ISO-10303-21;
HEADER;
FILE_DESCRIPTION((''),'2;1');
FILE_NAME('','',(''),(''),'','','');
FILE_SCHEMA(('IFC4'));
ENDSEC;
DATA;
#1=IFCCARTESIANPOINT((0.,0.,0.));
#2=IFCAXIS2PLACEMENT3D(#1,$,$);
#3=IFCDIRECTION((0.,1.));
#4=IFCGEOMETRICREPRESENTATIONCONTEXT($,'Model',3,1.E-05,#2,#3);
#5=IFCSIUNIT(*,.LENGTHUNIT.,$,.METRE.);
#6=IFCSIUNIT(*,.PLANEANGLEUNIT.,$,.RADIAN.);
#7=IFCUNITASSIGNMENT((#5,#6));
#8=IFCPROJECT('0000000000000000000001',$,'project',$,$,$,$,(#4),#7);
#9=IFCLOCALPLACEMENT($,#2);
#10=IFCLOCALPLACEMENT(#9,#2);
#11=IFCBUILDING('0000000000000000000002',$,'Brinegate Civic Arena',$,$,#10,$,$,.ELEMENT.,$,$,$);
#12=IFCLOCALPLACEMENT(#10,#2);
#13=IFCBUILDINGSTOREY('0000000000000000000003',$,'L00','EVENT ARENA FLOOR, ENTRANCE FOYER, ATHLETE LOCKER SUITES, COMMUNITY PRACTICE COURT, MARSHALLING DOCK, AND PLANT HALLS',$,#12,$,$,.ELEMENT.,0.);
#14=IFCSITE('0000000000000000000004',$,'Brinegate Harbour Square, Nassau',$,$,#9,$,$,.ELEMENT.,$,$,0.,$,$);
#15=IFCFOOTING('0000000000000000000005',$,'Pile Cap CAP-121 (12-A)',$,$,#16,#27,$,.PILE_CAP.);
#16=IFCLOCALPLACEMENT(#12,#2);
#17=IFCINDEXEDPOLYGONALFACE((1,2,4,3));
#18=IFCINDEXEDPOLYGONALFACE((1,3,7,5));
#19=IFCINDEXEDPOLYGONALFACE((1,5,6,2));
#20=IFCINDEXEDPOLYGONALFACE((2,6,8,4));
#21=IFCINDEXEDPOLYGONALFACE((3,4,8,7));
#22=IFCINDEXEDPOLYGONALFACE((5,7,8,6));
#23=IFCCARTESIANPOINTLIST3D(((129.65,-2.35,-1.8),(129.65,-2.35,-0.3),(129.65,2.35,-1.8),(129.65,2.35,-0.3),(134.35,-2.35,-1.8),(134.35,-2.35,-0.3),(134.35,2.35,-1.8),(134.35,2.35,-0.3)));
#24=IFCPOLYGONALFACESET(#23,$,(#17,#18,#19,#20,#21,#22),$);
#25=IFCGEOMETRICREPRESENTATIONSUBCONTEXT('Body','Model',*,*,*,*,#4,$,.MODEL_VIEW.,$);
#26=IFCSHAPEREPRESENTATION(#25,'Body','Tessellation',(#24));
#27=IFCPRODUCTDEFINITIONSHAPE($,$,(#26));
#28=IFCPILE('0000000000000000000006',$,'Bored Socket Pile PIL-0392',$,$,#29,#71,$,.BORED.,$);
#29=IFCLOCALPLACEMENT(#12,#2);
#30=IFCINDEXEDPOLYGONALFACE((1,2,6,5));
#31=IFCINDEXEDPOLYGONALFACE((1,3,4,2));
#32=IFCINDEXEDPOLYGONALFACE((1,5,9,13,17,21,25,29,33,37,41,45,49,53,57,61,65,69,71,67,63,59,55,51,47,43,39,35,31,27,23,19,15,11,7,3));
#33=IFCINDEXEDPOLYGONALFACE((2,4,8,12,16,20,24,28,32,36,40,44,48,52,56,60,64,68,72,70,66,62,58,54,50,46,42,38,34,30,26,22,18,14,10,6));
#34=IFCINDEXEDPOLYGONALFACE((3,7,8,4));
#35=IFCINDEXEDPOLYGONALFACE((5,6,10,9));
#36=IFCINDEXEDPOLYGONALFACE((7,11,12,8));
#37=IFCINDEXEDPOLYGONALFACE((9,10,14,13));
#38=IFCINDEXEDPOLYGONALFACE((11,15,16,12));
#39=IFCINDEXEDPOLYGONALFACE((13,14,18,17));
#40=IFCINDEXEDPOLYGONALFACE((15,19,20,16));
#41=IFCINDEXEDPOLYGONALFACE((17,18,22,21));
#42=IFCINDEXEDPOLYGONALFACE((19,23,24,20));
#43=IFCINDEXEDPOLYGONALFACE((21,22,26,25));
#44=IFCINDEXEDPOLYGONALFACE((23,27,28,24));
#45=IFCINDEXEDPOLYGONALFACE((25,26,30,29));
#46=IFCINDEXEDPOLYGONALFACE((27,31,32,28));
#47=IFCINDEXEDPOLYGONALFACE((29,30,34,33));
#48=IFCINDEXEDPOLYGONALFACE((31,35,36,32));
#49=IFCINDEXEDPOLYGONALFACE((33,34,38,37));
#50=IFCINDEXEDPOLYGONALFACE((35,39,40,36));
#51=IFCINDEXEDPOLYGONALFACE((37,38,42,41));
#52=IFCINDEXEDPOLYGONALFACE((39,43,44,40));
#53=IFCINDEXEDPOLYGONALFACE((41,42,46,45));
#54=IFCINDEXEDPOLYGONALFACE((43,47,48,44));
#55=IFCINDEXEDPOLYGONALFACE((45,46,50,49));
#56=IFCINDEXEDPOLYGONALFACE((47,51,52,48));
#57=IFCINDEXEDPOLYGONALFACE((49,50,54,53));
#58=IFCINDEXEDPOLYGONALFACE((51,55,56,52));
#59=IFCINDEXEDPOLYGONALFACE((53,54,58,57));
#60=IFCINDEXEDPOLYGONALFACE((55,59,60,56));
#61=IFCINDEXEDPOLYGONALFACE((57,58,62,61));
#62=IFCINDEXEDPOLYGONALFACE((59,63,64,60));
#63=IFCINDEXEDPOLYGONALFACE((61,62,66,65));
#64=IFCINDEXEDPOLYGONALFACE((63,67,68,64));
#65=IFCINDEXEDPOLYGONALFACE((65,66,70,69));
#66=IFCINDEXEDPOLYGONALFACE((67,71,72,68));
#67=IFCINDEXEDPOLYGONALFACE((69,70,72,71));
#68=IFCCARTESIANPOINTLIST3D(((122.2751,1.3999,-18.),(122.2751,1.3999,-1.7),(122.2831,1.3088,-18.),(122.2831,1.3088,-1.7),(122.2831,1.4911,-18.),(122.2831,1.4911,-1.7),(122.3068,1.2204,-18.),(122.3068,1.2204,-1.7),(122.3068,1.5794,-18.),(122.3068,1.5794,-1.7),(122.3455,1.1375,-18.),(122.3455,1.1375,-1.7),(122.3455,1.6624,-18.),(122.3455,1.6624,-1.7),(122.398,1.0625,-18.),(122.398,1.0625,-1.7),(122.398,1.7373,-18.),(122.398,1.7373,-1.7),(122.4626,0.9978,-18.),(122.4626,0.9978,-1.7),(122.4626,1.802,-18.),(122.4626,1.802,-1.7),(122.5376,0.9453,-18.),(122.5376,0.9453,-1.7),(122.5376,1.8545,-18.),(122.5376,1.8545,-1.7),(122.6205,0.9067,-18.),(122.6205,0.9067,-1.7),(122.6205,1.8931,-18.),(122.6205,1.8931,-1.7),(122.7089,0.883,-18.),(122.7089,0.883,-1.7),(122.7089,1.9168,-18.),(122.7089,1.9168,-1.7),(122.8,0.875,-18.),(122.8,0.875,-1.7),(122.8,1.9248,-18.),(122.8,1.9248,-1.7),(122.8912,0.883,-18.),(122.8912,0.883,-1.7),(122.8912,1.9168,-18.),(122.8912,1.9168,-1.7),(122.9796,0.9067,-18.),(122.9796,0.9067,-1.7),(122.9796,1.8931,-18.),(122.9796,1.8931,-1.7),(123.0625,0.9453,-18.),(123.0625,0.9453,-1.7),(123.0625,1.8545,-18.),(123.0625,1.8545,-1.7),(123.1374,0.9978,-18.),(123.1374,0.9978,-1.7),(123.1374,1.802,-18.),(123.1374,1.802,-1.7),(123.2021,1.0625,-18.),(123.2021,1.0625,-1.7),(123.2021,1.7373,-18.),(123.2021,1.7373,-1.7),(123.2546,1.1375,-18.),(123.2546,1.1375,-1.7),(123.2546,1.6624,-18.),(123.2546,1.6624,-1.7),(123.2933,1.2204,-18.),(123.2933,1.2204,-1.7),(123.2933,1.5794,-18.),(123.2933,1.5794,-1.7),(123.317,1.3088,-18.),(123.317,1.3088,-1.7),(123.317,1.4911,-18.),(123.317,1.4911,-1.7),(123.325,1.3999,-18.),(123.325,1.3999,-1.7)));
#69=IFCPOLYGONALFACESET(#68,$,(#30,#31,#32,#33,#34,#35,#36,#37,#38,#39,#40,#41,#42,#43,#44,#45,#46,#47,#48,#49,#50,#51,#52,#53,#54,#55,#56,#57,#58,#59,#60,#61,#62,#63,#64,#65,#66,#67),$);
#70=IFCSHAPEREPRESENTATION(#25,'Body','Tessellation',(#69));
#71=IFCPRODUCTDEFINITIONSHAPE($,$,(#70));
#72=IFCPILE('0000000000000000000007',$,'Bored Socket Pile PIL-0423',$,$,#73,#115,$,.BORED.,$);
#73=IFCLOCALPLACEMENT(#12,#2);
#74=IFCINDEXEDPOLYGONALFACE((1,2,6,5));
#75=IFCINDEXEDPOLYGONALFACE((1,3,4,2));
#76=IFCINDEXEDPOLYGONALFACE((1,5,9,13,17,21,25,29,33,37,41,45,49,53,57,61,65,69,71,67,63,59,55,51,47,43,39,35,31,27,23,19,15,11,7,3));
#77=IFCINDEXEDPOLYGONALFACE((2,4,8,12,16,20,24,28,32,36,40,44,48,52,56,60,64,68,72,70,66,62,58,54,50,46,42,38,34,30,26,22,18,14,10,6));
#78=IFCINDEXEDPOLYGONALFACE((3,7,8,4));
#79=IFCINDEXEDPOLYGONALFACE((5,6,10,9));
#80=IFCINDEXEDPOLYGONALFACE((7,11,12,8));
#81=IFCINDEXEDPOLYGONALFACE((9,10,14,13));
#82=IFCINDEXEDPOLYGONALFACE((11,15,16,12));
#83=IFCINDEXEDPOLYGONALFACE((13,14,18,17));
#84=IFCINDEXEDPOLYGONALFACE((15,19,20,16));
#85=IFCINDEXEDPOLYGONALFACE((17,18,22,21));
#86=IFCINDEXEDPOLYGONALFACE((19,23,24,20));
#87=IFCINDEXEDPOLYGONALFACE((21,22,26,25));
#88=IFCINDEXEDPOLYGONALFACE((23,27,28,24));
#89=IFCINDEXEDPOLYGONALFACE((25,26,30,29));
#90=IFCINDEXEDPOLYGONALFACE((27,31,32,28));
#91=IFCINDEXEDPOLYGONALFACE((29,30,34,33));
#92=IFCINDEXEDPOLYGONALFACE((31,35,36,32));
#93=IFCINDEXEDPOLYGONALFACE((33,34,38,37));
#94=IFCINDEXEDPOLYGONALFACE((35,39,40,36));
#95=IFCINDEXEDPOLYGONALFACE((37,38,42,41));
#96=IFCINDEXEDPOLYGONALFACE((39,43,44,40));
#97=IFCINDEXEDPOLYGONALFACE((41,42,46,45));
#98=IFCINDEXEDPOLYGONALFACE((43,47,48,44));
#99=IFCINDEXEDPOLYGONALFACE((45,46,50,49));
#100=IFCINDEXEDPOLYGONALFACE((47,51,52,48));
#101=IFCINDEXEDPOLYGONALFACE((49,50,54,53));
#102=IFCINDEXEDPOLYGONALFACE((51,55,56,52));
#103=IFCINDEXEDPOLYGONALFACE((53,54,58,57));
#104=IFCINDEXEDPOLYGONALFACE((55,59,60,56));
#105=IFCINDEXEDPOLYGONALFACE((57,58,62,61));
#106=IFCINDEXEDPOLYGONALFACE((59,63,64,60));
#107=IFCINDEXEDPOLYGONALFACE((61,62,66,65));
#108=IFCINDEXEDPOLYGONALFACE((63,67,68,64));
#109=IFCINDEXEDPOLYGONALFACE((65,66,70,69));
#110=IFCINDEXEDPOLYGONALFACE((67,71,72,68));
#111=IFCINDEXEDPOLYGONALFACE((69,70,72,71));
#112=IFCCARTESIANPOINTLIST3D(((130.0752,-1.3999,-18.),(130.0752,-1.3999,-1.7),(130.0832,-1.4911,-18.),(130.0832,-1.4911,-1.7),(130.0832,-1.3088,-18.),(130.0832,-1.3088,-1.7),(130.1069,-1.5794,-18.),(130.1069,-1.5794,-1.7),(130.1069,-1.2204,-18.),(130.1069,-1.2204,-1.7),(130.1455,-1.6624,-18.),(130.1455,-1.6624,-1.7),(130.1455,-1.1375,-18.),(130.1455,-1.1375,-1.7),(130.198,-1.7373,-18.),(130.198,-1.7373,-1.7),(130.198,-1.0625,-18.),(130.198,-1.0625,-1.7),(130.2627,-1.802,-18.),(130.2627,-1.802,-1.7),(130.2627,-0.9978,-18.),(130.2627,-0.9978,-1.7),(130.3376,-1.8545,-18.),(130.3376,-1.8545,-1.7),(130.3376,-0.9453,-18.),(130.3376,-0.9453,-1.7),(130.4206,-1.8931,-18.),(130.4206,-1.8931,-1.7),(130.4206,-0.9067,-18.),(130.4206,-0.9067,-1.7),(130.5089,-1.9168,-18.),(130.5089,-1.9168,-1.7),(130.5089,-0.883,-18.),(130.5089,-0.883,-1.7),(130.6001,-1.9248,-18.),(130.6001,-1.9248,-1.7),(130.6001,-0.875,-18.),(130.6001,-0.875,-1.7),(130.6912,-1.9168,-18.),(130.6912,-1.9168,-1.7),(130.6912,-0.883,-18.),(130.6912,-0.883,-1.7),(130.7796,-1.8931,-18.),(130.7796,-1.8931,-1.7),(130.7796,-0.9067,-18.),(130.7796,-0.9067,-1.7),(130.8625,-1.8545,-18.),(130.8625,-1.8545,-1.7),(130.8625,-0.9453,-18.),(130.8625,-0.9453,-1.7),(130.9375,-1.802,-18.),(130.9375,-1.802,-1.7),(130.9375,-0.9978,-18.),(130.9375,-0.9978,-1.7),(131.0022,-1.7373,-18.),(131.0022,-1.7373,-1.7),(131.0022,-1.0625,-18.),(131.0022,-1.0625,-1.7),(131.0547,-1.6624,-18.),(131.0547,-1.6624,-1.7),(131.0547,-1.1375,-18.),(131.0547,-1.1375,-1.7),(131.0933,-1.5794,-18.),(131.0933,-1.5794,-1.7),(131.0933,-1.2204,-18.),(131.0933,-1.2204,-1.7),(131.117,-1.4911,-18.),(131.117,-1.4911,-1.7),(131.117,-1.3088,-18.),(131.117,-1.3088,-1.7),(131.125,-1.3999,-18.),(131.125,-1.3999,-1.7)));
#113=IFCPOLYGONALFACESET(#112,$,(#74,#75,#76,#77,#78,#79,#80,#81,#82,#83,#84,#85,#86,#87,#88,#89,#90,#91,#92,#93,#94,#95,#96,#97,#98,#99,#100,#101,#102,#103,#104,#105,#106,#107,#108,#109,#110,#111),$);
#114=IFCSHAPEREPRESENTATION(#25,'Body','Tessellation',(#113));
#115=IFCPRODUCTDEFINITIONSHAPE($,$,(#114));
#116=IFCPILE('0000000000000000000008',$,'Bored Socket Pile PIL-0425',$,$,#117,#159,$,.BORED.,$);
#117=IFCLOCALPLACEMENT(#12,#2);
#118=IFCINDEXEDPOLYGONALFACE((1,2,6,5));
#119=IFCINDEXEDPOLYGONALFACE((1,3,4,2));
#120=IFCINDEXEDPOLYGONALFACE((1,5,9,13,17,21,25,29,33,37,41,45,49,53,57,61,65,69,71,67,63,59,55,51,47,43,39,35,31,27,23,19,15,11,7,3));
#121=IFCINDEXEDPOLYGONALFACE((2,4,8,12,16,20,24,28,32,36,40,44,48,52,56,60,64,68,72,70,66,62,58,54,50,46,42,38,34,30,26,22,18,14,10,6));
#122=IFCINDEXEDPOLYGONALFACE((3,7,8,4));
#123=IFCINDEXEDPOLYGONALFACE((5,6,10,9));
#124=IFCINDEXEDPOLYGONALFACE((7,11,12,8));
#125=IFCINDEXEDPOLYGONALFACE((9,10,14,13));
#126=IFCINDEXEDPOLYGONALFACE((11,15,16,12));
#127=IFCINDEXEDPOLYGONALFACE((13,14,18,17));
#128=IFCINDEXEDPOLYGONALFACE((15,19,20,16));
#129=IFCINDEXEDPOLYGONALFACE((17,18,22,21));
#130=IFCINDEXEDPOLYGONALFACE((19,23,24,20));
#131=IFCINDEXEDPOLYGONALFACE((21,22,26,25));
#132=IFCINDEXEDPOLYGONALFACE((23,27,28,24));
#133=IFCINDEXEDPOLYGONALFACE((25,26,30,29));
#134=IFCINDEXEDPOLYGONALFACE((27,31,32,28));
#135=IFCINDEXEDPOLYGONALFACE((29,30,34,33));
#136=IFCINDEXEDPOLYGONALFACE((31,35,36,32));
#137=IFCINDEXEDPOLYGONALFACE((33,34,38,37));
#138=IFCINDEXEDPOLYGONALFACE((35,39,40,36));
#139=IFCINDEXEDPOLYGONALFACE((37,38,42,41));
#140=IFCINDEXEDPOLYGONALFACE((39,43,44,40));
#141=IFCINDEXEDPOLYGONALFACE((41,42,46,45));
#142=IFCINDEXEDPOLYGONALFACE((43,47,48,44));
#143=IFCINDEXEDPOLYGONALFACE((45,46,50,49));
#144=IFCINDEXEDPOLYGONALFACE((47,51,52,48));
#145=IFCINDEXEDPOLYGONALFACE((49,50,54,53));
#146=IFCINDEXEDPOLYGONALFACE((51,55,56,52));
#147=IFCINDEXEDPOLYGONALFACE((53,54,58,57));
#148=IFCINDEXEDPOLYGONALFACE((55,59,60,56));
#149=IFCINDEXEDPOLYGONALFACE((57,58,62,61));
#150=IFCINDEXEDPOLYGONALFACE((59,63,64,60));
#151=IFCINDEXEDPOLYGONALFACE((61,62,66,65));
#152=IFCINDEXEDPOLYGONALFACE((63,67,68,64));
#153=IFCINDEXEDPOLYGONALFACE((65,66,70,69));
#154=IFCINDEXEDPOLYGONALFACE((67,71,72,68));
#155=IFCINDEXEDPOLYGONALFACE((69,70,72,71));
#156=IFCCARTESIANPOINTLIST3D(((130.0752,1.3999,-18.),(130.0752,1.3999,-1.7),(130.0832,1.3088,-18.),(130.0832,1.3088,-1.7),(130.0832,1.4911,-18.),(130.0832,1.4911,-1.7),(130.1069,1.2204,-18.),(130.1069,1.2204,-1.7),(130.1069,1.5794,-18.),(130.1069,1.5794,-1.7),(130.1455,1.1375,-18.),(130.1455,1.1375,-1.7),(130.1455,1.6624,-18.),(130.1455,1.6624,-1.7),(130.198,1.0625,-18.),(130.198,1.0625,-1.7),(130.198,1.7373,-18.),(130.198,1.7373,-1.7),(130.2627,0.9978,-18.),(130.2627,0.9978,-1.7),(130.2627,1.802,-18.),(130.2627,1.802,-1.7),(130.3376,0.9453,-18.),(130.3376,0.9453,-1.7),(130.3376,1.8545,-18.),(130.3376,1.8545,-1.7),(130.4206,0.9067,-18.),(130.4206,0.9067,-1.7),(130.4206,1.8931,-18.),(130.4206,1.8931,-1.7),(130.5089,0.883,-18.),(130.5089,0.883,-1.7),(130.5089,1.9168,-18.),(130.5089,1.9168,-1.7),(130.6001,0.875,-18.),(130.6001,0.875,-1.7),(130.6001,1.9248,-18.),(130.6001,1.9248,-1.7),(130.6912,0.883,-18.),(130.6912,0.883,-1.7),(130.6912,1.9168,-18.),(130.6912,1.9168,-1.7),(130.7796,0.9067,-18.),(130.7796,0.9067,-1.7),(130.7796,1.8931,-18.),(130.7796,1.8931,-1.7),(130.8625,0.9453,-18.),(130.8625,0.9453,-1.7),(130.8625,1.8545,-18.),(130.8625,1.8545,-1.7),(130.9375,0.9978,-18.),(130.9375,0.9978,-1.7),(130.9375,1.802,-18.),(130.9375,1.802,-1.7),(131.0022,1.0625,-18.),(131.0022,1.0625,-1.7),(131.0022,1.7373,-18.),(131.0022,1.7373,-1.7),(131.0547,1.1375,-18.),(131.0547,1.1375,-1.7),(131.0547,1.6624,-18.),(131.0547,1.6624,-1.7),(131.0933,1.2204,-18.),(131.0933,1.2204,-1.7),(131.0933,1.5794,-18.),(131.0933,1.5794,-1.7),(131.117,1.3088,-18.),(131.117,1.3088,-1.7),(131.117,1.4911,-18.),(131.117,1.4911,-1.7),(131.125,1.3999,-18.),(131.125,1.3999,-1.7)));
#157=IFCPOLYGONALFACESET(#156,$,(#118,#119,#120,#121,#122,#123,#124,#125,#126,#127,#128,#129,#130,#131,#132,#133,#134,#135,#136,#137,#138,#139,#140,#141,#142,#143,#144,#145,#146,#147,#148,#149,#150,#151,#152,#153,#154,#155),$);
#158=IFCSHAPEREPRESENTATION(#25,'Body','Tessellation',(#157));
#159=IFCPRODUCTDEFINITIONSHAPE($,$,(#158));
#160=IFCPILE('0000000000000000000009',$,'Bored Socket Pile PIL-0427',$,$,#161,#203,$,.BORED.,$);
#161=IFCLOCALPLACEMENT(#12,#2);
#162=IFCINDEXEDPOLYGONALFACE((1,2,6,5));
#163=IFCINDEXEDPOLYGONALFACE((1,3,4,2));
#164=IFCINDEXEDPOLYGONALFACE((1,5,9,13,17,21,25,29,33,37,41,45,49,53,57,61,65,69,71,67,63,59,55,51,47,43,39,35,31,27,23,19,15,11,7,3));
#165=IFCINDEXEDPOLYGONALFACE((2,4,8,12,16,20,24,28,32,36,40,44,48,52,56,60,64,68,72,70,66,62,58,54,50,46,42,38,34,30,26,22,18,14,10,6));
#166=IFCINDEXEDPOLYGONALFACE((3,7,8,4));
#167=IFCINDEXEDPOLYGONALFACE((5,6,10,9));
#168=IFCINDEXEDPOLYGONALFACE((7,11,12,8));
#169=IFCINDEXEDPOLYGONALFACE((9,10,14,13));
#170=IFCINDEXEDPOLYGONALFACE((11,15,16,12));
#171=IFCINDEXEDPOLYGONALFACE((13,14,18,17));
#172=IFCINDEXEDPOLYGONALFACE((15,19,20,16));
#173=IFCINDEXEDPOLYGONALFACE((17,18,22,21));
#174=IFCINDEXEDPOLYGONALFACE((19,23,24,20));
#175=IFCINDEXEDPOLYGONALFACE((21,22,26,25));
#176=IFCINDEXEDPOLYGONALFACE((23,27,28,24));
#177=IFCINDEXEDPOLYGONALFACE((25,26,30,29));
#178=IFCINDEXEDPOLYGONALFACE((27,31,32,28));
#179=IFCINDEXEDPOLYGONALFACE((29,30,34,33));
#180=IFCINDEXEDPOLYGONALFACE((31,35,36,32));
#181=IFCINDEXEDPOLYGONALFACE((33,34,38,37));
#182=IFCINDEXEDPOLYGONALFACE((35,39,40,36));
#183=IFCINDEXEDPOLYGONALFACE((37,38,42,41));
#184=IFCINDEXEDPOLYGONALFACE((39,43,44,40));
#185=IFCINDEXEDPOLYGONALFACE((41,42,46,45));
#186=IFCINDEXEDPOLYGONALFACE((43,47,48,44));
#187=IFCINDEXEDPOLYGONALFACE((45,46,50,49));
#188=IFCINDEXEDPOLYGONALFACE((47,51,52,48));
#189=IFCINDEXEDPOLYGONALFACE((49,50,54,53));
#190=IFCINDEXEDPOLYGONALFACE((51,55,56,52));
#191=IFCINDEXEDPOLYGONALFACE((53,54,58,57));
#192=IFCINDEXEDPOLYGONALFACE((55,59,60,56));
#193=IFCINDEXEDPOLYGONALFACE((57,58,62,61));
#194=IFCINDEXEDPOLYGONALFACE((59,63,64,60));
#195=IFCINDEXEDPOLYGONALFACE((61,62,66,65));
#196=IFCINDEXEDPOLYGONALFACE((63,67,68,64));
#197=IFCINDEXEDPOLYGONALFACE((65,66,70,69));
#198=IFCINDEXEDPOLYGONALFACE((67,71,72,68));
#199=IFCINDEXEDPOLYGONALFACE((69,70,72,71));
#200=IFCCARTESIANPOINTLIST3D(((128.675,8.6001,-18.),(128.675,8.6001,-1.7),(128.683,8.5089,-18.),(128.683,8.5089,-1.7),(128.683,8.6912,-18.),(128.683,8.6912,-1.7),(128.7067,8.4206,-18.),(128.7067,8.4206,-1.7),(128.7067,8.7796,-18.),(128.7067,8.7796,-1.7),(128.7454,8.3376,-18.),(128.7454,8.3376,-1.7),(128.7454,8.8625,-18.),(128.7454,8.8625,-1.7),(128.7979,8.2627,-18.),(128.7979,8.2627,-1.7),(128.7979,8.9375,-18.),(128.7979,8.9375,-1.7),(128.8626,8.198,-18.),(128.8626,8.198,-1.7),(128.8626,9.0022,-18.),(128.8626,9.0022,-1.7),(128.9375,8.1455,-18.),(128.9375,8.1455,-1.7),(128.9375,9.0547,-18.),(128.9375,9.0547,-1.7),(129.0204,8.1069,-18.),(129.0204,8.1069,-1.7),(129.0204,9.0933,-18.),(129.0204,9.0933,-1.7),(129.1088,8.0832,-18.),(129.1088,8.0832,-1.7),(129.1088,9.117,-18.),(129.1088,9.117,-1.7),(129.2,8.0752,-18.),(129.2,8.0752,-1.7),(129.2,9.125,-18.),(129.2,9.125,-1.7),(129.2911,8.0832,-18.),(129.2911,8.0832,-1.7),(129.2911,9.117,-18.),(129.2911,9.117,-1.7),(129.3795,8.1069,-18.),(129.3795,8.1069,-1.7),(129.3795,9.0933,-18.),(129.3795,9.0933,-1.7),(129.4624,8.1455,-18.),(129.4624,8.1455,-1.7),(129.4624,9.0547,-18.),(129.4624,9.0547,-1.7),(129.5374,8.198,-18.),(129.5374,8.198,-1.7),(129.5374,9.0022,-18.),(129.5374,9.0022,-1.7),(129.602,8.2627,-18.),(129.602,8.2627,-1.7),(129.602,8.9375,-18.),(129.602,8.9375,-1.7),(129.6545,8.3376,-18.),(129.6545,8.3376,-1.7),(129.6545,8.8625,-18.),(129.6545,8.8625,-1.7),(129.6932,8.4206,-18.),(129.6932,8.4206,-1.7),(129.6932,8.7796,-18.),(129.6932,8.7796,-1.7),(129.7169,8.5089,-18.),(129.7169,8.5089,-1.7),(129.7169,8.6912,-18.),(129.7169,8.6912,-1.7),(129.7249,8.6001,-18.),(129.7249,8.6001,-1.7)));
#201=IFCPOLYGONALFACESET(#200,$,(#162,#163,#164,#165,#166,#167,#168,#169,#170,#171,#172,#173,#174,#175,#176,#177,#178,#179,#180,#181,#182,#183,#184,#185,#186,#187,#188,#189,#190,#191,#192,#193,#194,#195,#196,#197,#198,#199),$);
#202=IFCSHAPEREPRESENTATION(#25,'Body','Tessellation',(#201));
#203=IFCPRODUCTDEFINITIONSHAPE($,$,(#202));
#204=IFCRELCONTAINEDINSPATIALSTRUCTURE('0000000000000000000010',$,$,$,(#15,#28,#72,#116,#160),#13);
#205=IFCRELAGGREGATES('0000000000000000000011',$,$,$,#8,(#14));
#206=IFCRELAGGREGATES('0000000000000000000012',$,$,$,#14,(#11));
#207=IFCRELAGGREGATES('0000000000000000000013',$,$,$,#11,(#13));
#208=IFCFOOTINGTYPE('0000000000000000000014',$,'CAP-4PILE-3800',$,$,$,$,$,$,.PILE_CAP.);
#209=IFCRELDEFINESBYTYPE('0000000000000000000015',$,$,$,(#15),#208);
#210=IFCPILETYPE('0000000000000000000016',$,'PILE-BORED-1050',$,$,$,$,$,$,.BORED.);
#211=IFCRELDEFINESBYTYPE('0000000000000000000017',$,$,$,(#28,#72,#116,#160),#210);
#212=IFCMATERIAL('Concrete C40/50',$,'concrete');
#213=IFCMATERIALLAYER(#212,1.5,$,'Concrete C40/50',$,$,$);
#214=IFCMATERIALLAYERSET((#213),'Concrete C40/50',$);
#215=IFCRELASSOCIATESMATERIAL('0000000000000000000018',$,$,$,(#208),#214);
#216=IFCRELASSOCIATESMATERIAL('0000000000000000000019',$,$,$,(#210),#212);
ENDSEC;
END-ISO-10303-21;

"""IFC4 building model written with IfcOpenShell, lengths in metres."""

from ifc_helpers import new_model, si_unit, direction, frame, origin, origin_2d, place, context, subcontext, project, spatial, rectangle, circle, extrude, material, layer, layer_set, material_profile, profile_set, type_object, element, save


model = new_model("IFC4")

# Units and contexts
model_context = context("Model", 3, precision=1e-05, world=origin(), true_north=direction((0.0, 1.0)))
body_context = subcontext(model_context, "Body", "Model", "MODEL_VIEW")
ifc_project = project(units=[si_unit("LENGTHUNIT", "METRE"), si_unit("PLANEANGLEUNIT", "RADIAN")], contexts=[model_context])

# Site, building, storey
site_placement = place(None, origin())
site = spatial("IfcSite", under=ifc_project, at=site_placement, Name="Brinegate Harbour Square, Nassau", CompositionType="ELEMENT", RefElevation=0.0)
building_placement = place(site_placement, origin())
building = spatial("IfcBuilding", under=site, at=building_placement, Name="Brinegate Civic Arena", CompositionType="ELEMENT")
storey_placement = place(building_placement, origin())
storey = spatial("IfcBuildingStorey", under=building, at=storey_placement, Name="L00", Description="EVENT ARENA FLOOR, ENTRANCE FOYER, ATHLETE LOCKER SUITES, COMMUNITY PRACTICE COURT, MARSHALLING DOCK, AND PLANT HALLS", CompositionType="ELEMENT", Elevation=0.0)

# Footing
ifc_material_1 = material(Name="Concrete C40/50", Category="concrete")
ifc_layer_1 = layer(ifc_material_1, 1.5, Name="Concrete C40/50")
ifc_layer_set_1 = layer_set([ifc_layer_1], Name="Concrete C40/50")
footing_type_1 = type_object("IfcFootingType", Name="CAP-4PILE-3800", PredefinedType="PILE_CAP", material=ifc_layer_set_1)
footing_1_placement = place(storey_placement, frame((132.0, 0.0, -1.8), z_axis=(0.0, 0.0, 1.0), x_axis=(1.0, 0.0, 0.0)))
element("IfcFooting", 1, at=footing_1_placement, inside=storey, type_object=footing_type_1, Name="Pile Cap CAP-121 (12-A)", PredefinedType="PILE_CAP", context=body_context, shape_type="SweptSolid", body=[
    extrude(rectangle(XDim=4.7, YDim=4.7, at=origin_2d()), origin(), (0.0, 0.0, 1.0), 1.5),
])

# Piles
ifc_material_profile_1 = material_profile(ifc_material_1, circle(Radius=0.5249, at=origin_2d()), Name="PILED1050")
ifc_profile_set_1 = profile_set([ifc_material_profile_1], Name="Concrete C40/50")
pile_type = type_object("IfcPileType", Name="PILE-BORED-1050", PredefinedType="BORED", material=ifc_profile_set_1)
for number, where, z_axis, x_axis, name in (
    (2, (122.8, 1.3999, -1.7), (0.0, 0.0, -1.0), (1.0, 0.0, 0.0), "Bored Socket Pile PIL-0392"),
    (3, (130.6001, -1.3999, -1.7), (0.0, 0.0, -1.0), (1.0, 0.0, 0.0), "Bored Socket Pile PIL-0423"),
    (4, (130.6001, 1.3999, -1.7), (0.0, 0.0, -1.0), (1.0, 0.0, 0.0), "Bored Socket Pile PIL-0425"),
    (5, (129.2, 8.6001, -1.7), (0.0, 0.0, -1.0), (1.0, 0.0, 0.0), "Bored Socket Pile PIL-0427"),
):
    element("IfcPile", number, at=place(storey_placement, frame(where, z_axis=z_axis, x_axis=x_axis)), inside=storey, type_object=pile_type, Name=name, PredefinedType="BORED", context=body_context, shape_type="SweptSolid", body=[
        extrude(circle(Radius=0.5249, at=origin_2d()), origin(), (0.0, 0.0, 1.0), 16.3),
    ])

save(model, "model.ifc")
